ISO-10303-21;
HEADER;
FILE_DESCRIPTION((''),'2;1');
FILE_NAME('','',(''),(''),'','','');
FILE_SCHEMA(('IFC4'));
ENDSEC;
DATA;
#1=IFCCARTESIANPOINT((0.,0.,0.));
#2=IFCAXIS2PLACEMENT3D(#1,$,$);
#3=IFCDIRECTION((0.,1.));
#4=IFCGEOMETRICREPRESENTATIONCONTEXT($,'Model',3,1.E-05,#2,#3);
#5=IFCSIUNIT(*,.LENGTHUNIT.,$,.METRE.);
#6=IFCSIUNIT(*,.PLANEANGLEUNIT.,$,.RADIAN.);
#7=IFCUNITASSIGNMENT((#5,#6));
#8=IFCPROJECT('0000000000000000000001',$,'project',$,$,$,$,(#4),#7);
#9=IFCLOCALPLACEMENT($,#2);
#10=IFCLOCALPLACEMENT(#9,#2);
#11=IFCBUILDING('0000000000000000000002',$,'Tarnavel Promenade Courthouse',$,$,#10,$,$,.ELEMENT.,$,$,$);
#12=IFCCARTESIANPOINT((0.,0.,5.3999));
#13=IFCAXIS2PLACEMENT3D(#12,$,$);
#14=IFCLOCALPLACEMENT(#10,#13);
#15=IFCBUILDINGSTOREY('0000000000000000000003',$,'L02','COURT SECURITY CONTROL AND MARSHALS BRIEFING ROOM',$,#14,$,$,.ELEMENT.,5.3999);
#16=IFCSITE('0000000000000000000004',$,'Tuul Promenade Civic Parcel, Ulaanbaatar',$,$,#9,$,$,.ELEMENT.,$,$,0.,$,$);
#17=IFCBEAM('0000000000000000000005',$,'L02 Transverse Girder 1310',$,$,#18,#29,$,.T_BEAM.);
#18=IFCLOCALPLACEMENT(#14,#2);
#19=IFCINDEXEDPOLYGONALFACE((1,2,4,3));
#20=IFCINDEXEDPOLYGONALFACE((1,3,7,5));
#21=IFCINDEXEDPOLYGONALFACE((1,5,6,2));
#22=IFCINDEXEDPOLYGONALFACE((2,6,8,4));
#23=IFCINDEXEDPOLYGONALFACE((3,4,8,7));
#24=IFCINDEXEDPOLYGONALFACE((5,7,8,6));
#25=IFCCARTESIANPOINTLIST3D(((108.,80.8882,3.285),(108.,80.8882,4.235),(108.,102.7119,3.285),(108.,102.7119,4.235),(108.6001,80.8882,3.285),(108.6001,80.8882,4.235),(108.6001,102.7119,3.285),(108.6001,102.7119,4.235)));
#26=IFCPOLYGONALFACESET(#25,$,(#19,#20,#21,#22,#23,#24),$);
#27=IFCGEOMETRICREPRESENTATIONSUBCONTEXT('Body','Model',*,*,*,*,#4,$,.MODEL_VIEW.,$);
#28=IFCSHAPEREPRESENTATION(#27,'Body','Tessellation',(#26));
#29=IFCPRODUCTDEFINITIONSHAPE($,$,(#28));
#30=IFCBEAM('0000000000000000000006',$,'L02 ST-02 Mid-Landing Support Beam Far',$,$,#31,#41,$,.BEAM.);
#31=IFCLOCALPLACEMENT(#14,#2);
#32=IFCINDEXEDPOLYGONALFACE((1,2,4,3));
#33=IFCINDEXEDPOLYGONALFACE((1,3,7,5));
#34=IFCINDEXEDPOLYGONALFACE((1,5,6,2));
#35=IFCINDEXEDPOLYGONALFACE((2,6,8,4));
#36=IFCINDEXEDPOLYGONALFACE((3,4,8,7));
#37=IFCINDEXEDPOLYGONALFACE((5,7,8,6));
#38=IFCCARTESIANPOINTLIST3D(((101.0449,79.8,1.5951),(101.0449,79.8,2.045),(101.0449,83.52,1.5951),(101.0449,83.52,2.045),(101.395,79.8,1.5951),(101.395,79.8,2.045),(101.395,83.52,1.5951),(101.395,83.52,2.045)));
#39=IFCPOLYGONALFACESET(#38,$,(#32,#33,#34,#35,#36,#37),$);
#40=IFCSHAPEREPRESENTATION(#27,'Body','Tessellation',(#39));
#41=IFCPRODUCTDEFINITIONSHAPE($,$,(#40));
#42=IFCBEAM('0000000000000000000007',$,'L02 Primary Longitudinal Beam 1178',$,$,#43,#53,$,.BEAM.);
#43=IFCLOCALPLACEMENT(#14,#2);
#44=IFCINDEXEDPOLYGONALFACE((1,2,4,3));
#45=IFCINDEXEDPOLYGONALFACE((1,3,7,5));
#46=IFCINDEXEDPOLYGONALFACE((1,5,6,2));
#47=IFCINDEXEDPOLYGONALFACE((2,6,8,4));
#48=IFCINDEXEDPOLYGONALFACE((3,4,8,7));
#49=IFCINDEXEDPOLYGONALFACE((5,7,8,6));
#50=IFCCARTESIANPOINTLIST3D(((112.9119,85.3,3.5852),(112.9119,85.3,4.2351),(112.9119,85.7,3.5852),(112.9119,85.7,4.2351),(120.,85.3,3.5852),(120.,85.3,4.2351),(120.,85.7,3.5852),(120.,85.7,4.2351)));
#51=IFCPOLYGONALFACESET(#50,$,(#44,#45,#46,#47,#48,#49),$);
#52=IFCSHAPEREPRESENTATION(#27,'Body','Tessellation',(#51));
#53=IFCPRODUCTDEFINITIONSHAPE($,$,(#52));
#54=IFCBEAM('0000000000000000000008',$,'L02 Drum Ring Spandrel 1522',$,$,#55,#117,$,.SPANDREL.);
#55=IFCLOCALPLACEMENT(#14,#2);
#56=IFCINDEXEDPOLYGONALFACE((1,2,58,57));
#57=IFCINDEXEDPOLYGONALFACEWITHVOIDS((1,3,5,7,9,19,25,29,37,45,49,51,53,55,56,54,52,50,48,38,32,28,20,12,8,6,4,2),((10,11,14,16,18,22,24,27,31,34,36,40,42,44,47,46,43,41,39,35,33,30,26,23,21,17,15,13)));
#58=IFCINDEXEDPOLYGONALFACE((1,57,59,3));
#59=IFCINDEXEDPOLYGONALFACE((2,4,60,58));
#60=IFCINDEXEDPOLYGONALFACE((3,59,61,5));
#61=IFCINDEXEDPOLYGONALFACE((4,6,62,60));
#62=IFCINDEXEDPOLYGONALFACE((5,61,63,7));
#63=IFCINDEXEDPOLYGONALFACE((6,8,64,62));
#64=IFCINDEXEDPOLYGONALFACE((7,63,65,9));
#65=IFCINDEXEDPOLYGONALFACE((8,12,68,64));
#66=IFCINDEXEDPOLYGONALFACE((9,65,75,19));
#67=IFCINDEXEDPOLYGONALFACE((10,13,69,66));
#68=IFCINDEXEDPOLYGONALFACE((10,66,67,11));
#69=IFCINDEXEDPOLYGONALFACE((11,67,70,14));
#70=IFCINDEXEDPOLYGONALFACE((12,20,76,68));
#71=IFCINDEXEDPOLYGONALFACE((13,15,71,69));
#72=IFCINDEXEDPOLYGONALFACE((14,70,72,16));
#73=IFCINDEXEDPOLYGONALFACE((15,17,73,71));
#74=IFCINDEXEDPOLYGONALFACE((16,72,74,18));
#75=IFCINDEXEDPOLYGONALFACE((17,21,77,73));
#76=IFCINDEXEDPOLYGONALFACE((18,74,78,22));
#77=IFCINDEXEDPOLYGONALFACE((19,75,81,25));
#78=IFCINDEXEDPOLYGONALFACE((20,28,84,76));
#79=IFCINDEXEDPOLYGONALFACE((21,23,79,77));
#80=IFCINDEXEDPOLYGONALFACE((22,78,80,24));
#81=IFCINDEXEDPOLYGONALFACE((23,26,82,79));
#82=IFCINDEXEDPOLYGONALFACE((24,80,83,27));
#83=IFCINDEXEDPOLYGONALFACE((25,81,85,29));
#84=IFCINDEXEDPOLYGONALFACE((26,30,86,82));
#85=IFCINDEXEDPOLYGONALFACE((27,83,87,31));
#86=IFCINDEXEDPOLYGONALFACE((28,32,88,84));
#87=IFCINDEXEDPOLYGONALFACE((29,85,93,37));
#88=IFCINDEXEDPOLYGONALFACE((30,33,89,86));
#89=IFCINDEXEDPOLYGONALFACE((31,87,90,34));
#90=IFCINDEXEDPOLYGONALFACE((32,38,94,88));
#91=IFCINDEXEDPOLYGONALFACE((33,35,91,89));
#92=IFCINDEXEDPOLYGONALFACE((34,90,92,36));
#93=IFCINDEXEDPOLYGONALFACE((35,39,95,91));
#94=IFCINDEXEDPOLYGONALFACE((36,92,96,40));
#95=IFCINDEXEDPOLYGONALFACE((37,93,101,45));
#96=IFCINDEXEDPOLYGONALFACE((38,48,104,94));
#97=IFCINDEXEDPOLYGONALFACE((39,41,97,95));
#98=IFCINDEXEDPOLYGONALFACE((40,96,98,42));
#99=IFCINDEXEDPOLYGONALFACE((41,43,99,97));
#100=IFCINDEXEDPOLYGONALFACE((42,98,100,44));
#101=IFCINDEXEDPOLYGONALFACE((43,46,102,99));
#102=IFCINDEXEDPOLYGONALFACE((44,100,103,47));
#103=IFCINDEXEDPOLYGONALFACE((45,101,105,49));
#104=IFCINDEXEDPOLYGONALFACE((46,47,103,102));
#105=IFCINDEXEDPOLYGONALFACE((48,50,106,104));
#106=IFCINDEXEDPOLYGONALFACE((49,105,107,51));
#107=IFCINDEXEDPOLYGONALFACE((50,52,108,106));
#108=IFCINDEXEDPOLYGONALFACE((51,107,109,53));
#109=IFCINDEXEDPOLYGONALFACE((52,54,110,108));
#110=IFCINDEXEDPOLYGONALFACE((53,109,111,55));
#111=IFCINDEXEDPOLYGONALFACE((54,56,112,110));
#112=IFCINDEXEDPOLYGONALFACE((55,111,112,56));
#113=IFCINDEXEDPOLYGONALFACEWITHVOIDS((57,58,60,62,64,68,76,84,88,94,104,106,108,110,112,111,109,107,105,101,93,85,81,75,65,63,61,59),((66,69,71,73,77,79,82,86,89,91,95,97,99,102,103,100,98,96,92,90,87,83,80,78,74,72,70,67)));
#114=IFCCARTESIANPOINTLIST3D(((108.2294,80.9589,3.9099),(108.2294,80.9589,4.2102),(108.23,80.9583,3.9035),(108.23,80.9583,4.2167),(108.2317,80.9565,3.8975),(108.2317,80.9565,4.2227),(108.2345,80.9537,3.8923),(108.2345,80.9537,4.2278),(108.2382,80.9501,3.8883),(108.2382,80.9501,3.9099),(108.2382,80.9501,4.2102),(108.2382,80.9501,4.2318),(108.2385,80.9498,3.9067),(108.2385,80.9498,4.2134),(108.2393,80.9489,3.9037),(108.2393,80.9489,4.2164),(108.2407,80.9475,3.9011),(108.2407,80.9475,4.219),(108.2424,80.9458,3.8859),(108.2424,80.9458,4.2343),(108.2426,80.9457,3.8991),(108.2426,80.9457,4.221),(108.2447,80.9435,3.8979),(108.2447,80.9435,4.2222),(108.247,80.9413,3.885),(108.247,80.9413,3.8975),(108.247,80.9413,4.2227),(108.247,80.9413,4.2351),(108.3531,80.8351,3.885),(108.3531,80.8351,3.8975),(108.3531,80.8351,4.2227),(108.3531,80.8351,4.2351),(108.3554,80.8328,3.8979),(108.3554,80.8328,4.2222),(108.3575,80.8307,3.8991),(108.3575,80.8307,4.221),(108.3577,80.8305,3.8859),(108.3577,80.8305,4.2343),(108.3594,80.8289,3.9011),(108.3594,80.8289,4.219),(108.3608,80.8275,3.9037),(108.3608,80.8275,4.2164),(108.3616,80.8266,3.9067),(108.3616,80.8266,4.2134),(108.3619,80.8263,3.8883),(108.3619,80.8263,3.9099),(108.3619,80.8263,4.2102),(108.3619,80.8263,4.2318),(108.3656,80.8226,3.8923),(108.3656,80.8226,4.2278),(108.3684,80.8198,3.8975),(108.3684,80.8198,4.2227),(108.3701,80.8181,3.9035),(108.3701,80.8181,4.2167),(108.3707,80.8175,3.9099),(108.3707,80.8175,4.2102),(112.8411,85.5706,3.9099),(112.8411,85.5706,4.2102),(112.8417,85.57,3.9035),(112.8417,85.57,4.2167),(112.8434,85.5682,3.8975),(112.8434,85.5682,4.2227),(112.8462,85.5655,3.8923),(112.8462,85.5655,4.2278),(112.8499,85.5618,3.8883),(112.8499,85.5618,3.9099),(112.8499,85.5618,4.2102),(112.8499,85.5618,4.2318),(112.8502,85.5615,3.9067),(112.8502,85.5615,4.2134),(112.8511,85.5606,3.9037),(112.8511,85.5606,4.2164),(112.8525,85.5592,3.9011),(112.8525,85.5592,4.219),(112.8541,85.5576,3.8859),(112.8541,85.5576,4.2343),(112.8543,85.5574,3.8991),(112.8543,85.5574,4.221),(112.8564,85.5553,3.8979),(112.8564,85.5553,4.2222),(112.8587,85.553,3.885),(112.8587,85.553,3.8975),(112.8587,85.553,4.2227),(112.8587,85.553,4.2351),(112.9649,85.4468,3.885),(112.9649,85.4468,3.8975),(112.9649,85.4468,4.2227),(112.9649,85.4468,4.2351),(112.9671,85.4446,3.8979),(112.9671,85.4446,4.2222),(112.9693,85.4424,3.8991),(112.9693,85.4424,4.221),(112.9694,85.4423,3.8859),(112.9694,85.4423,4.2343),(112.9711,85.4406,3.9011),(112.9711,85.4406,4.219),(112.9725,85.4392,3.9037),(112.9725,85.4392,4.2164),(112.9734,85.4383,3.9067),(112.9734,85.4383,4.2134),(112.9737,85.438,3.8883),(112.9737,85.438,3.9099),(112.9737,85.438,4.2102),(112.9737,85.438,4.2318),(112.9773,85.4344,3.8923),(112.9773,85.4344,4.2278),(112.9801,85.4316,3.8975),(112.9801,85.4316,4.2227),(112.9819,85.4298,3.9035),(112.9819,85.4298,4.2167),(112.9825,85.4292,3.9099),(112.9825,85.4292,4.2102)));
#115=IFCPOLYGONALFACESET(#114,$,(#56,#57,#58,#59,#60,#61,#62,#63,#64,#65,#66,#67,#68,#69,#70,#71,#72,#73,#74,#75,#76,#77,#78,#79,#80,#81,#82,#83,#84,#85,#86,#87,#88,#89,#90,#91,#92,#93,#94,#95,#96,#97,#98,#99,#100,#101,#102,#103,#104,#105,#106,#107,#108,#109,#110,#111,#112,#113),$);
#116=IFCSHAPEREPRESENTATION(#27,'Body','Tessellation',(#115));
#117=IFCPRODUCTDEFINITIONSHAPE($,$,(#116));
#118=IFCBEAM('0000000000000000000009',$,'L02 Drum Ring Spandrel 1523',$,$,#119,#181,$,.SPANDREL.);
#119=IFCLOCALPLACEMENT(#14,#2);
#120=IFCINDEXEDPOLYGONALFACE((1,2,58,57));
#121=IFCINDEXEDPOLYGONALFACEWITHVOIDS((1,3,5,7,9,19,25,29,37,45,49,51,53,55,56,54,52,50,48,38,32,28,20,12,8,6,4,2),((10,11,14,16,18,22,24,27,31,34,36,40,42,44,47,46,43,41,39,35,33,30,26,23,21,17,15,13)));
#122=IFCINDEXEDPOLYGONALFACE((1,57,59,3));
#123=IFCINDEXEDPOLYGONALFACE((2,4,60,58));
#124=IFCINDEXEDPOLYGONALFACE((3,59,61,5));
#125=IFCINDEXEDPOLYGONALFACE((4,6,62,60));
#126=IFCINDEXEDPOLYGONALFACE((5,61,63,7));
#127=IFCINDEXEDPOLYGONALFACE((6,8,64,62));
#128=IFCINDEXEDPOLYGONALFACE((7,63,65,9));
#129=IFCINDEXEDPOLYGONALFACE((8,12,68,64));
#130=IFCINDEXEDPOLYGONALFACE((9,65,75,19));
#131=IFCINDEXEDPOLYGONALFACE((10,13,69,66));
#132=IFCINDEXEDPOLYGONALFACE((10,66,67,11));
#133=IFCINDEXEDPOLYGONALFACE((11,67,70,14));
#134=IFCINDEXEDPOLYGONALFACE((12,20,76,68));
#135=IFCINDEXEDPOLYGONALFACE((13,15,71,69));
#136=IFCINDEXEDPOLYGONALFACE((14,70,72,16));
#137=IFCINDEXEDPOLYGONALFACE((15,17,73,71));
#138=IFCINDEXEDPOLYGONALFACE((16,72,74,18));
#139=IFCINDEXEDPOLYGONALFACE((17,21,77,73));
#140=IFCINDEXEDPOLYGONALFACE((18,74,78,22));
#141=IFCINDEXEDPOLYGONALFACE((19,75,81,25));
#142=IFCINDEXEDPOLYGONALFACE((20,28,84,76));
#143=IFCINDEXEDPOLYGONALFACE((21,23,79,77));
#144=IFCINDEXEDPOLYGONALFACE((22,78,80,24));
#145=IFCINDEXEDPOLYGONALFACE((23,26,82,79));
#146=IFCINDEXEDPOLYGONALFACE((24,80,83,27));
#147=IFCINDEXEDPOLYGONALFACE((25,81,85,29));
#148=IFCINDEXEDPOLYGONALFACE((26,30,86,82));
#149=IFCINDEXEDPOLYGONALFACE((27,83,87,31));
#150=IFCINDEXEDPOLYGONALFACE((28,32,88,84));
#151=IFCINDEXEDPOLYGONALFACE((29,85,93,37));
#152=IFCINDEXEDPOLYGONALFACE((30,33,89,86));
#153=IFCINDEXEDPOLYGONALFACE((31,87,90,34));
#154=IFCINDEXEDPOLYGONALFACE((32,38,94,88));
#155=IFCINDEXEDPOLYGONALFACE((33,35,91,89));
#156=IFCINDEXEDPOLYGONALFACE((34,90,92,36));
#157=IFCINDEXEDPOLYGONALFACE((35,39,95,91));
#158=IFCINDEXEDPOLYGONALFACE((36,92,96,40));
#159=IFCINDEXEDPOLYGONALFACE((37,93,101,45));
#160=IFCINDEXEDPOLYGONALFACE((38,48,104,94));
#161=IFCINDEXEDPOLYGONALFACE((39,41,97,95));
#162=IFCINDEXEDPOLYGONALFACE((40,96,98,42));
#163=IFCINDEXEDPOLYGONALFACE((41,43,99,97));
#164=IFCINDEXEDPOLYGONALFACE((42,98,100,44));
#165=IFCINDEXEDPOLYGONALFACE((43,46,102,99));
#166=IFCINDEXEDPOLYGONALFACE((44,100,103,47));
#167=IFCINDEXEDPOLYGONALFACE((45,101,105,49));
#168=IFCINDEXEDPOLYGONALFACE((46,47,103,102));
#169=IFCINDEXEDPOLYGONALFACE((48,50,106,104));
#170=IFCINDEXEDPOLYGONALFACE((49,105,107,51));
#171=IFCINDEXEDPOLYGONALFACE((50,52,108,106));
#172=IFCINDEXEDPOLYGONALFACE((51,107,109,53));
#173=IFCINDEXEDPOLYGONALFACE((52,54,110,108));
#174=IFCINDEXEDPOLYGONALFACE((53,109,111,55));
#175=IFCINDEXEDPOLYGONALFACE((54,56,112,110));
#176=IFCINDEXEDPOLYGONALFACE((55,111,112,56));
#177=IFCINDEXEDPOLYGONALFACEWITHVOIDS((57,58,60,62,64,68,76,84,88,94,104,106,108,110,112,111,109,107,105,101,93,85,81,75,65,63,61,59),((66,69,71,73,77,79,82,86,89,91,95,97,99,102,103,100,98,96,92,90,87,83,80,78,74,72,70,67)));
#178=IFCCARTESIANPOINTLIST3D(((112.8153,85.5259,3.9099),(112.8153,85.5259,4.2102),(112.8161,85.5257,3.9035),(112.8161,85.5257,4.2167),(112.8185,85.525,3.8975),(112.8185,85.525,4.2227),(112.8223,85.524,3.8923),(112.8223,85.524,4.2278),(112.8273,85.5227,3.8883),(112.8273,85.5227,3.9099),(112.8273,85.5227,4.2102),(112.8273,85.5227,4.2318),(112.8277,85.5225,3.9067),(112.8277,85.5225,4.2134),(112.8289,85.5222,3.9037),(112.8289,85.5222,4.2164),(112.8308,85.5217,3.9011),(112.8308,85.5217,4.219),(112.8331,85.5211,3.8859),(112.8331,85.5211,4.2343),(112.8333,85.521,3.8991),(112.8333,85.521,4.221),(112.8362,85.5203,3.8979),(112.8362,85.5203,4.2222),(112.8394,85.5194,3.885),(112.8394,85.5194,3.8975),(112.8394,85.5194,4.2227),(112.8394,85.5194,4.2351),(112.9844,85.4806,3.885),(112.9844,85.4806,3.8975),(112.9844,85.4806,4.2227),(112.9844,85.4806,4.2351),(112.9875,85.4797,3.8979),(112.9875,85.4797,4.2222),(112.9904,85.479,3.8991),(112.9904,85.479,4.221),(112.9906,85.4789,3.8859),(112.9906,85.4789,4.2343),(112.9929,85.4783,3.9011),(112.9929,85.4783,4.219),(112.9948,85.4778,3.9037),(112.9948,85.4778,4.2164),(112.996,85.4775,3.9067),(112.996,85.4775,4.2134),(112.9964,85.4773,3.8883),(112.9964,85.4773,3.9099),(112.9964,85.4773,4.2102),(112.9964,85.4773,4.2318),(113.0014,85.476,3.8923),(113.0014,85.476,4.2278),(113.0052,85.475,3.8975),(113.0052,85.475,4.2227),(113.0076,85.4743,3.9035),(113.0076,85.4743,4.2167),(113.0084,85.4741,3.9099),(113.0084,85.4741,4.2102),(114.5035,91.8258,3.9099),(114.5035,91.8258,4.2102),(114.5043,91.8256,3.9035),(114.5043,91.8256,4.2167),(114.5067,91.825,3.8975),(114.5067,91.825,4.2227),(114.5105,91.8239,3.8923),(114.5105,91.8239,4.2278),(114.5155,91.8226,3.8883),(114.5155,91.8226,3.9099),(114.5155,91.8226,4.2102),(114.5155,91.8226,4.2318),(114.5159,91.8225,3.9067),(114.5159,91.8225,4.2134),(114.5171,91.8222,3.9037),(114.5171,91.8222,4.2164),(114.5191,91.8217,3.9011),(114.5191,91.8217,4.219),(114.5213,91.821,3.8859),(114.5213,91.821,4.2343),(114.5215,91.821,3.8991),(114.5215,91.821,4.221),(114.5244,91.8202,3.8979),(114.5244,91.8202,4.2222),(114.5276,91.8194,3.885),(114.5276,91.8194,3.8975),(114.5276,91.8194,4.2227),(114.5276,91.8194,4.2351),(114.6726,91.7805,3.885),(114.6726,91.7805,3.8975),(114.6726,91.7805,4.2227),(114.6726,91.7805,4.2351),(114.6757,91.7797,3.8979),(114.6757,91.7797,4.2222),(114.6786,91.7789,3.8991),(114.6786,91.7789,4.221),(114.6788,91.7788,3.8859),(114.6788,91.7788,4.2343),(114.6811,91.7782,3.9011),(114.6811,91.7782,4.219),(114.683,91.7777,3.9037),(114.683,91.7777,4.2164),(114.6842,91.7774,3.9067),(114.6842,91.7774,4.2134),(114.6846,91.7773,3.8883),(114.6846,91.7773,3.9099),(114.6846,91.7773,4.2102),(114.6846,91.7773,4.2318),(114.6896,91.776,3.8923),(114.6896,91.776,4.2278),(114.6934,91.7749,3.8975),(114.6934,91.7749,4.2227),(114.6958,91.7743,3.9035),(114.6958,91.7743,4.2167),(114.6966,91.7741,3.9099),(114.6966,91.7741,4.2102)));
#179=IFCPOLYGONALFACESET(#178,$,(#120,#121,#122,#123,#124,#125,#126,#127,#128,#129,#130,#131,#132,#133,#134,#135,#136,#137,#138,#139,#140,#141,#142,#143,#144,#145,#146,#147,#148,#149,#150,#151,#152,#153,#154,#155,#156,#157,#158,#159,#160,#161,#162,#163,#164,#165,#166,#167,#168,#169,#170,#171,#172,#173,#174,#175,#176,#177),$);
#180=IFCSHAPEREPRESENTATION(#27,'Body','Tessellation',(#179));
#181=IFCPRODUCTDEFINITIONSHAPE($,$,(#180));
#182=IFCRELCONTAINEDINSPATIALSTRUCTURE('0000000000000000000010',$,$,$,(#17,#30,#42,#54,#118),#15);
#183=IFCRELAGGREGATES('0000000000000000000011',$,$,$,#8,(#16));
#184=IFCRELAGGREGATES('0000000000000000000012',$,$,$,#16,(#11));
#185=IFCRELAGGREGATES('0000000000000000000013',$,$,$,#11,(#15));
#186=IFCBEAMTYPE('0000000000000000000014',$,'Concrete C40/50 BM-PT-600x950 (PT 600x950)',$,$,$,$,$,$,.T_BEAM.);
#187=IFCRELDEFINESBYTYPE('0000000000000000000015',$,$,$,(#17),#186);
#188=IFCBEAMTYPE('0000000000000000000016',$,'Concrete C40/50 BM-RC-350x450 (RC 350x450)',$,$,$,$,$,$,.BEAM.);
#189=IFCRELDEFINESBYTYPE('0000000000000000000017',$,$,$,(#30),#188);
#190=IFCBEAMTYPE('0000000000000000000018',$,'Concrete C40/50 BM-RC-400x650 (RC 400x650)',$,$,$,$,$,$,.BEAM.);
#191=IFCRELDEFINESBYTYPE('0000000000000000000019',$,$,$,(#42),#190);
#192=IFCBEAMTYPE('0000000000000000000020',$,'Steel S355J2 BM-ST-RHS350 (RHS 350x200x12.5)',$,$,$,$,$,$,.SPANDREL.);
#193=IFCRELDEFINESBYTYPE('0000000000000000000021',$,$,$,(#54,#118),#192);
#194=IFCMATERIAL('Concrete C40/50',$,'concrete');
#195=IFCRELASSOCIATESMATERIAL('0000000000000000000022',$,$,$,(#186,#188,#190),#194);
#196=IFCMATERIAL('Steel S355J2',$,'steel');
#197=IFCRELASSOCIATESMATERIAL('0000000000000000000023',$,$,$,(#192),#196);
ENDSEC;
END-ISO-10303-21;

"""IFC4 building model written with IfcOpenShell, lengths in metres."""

from ifc_helpers import new_model, si_unit, direction, frame, origin, origin_2d, place, context, subcontext, project, spatial, rectangle, hollow_rectangle, extrude, material, material_profile, profile_set, type_object, element, save


model = new_model("IFC4")

# Units and contexts
model_context = context("Model", 3, precision=1e-05, world=origin(), true_north=direction((0.0, 1.0)))
body_context = subcontext(model_context, "Body", "Model", "MODEL_VIEW")
ifc_project = project(units=[si_unit("LENGTHUNIT", "METRE"), si_unit("PLANEANGLEUNIT", "RADIAN")], contexts=[model_context])

# Site, building, storey
site_placement = place(None, origin())
site = spatial("IfcSite", under=ifc_project, at=site_placement, Name="Tuul Promenade Civic Parcel, Ulaanbaatar", CompositionType="ELEMENT", RefElevation=0.0)
building_placement = place(site_placement, origin())
building = spatial("IfcBuilding", under=site, at=building_placement, Name="Tarnavel Promenade Courthouse", CompositionType="ELEMENT")
storey_placement = place(building_placement, frame((0.0, 0.0, 5.3999)))
storey = spatial("IfcBuildingStorey", under=building, at=storey_placement, Name="L02", Description="COURT SECURITY CONTROL AND MARSHALS BRIEFING ROOM", CompositionType="ELEMENT", Elevation=5.3999)

# Shared definitions
ifc_material_1 = material(Name="Concrete C40/50", Category="concrete")

# Beams
ifc_material_profile_1 = material_profile(ifc_material_1, rectangle(XDim=0.6001, YDim=0.95, at=origin_2d()), Name="PT 600x950")
ifc_profile_set_1 = profile_set([ifc_material_profile_1], Name="Concrete C40/50")
beam_type_1 = type_object("IfcBeamType", Name="Concrete C40/50 BM-PT-600x950 (PT 600x950)", PredefinedType="T_BEAM", material=ifc_profile_set_1)
beam_1_placement = place(storey_placement, frame((108.3, 80.8882, 3.76), z_axis=(0.0, 1.0, 0.0), x_axis=(-1.0, 0.0, 0.0)))
element("IfcBeam", 1, at=beam_1_placement, inside=storey, type_object=beam_type_1, Name="L02 Transverse Girder 1310", PredefinedType="T_BEAM", context=body_context, shape_type="SweptSolid", body=[
    extrude(rectangle(XDim=0.6001, YDim=0.95, at=origin_2d()), origin(), (0.0, 0.0, 1.0), 21.8237),
])
ifc_material_profile_2 = material_profile(ifc_material_1, rectangle(XDim=0.3501, YDim=0.45, at=origin_2d()), Name="RC 350x450")
ifc_profile_set_2 = profile_set([ifc_material_profile_2], Name="Concrete C40/50")
beam_type_2 = type_object("IfcBeamType", Name="Concrete C40/50 BM-RC-350x450 (RC 350x450)", PredefinedType="BEAM", material=ifc_profile_set_2)
beam_2_placement = place(storey_placement, frame((101.22, 79.8, 1.8201), z_axis=(0.0, 1.0, 0.0), x_axis=(-1.0, 0.0, 0.0)))
element("IfcBeam", 2, at=beam_2_placement, inside=storey, type_object=beam_type_2, Name="L02 ST-02 Mid-Landing Support Beam Far", PredefinedType="BEAM", context=body_context, shape_type="SweptSolid", body=[
    extrude(rectangle(XDim=0.3501, YDim=0.45, at=origin_2d()), origin(), (0.0, 0.0, 1.0), 3.72),
])
ifc_material_profile_3 = material_profile(ifc_material_1, rectangle(XDim=0.3999, YDim=0.6499, at=origin_2d()), Name="RC 400x650")
ifc_profile_set_3 = profile_set([ifc_material_profile_3], Name="Concrete C40/50")
beam_type_3 = type_object("IfcBeamType", Name="Concrete C40/50 BM-RC-400x650 (RC 400x650)", PredefinedType="BEAM", material=ifc_profile_set_3)
beam_3_placement = place(storey_placement, frame((112.9119, 85.5, 3.9102), z_axis=(1.0, 0.0, 0.0), x_axis=(0.0, 1.0, 0.0)))
element("IfcBeam", 3, at=beam_3_placement, inside=storey, type_object=beam_type_3, Name="L02 Primary Longitudinal Beam 1178", PredefinedType="BEAM", context=body_context, shape_type="SweptSolid", body=[
    extrude(rectangle(XDim=0.3999, YDim=0.6499, at=origin_2d()), origin(), (0.0, 0.0, 1.0), 7.0881),
])
ifc_material_2 = material(Name="Steel S355J2", Category="steel")
ifc_material_profile_4 = material_profile(ifc_material_2, hollow_rectangle(XDim=0.2, YDim=0.3501, WallThickness=0.0125, InnerFilletRadius=0.0125, OuterFilletRadius=0.0249, at=origin_2d()), Name="RHS 350x200x12.5")
ifc_profile_set_4 = profile_set([ifc_material_profile_4], Name="Steel S355J2")
beam_type_4 = type_object("IfcBeamType", Name="Steel S355J2 BM-ST-RHS350 (RHS 350x200x12.5)", PredefinedType="SPANDREL", material=ifc_profile_set_4)
beam_4_placement = place(storey_placement, frame((108.3, 80.8882, 4.0601), z_axis=(0.707107, 0.707107, 0.0), x_axis=(-0.707107, 0.707107, 0.0)))
element("IfcBeam", 4, at=beam_4_placement, inside=storey, type_object=beam_type_4, Name="L02 Drum Ring Spandrel 1522", PredefinedType="SPANDREL", context=body_context, shape_type="SweptSolid", body=[
    extrude(hollow_rectangle(XDim=0.2, YDim=0.3501, WallThickness=0.0125, InnerFilletRadius=0.0125, OuterFilletRadius=0.0249, at=origin_2d()), origin(), (0.0, 0.0, 1.0), 6.522),
])
beam_5_placement = place(storey_placement, frame((112.9119, 85.5, 4.0601), z_axis=(0.258839, 0.96592, 0.0), x_axis=(-0.96592, 0.258839, 0.0)))
element("IfcBeam", 5, at=beam_5_placement, inside=storey, type_object=beam_type_4, Name="L02 Drum Ring Spandrel 1523", PredefinedType="SPANDREL", context=body_context, shape_type="SweptSolid", body=[
    extrude(hollow_rectangle(XDim=0.2, YDim=0.3501, WallThickness=0.0125, InnerFilletRadius=0.0125, OuterFilletRadius=0.0249, at=origin_2d()), origin(), (0.0, 0.0, 1.0), 6.5222),
])

save(model, "model.ifc")
